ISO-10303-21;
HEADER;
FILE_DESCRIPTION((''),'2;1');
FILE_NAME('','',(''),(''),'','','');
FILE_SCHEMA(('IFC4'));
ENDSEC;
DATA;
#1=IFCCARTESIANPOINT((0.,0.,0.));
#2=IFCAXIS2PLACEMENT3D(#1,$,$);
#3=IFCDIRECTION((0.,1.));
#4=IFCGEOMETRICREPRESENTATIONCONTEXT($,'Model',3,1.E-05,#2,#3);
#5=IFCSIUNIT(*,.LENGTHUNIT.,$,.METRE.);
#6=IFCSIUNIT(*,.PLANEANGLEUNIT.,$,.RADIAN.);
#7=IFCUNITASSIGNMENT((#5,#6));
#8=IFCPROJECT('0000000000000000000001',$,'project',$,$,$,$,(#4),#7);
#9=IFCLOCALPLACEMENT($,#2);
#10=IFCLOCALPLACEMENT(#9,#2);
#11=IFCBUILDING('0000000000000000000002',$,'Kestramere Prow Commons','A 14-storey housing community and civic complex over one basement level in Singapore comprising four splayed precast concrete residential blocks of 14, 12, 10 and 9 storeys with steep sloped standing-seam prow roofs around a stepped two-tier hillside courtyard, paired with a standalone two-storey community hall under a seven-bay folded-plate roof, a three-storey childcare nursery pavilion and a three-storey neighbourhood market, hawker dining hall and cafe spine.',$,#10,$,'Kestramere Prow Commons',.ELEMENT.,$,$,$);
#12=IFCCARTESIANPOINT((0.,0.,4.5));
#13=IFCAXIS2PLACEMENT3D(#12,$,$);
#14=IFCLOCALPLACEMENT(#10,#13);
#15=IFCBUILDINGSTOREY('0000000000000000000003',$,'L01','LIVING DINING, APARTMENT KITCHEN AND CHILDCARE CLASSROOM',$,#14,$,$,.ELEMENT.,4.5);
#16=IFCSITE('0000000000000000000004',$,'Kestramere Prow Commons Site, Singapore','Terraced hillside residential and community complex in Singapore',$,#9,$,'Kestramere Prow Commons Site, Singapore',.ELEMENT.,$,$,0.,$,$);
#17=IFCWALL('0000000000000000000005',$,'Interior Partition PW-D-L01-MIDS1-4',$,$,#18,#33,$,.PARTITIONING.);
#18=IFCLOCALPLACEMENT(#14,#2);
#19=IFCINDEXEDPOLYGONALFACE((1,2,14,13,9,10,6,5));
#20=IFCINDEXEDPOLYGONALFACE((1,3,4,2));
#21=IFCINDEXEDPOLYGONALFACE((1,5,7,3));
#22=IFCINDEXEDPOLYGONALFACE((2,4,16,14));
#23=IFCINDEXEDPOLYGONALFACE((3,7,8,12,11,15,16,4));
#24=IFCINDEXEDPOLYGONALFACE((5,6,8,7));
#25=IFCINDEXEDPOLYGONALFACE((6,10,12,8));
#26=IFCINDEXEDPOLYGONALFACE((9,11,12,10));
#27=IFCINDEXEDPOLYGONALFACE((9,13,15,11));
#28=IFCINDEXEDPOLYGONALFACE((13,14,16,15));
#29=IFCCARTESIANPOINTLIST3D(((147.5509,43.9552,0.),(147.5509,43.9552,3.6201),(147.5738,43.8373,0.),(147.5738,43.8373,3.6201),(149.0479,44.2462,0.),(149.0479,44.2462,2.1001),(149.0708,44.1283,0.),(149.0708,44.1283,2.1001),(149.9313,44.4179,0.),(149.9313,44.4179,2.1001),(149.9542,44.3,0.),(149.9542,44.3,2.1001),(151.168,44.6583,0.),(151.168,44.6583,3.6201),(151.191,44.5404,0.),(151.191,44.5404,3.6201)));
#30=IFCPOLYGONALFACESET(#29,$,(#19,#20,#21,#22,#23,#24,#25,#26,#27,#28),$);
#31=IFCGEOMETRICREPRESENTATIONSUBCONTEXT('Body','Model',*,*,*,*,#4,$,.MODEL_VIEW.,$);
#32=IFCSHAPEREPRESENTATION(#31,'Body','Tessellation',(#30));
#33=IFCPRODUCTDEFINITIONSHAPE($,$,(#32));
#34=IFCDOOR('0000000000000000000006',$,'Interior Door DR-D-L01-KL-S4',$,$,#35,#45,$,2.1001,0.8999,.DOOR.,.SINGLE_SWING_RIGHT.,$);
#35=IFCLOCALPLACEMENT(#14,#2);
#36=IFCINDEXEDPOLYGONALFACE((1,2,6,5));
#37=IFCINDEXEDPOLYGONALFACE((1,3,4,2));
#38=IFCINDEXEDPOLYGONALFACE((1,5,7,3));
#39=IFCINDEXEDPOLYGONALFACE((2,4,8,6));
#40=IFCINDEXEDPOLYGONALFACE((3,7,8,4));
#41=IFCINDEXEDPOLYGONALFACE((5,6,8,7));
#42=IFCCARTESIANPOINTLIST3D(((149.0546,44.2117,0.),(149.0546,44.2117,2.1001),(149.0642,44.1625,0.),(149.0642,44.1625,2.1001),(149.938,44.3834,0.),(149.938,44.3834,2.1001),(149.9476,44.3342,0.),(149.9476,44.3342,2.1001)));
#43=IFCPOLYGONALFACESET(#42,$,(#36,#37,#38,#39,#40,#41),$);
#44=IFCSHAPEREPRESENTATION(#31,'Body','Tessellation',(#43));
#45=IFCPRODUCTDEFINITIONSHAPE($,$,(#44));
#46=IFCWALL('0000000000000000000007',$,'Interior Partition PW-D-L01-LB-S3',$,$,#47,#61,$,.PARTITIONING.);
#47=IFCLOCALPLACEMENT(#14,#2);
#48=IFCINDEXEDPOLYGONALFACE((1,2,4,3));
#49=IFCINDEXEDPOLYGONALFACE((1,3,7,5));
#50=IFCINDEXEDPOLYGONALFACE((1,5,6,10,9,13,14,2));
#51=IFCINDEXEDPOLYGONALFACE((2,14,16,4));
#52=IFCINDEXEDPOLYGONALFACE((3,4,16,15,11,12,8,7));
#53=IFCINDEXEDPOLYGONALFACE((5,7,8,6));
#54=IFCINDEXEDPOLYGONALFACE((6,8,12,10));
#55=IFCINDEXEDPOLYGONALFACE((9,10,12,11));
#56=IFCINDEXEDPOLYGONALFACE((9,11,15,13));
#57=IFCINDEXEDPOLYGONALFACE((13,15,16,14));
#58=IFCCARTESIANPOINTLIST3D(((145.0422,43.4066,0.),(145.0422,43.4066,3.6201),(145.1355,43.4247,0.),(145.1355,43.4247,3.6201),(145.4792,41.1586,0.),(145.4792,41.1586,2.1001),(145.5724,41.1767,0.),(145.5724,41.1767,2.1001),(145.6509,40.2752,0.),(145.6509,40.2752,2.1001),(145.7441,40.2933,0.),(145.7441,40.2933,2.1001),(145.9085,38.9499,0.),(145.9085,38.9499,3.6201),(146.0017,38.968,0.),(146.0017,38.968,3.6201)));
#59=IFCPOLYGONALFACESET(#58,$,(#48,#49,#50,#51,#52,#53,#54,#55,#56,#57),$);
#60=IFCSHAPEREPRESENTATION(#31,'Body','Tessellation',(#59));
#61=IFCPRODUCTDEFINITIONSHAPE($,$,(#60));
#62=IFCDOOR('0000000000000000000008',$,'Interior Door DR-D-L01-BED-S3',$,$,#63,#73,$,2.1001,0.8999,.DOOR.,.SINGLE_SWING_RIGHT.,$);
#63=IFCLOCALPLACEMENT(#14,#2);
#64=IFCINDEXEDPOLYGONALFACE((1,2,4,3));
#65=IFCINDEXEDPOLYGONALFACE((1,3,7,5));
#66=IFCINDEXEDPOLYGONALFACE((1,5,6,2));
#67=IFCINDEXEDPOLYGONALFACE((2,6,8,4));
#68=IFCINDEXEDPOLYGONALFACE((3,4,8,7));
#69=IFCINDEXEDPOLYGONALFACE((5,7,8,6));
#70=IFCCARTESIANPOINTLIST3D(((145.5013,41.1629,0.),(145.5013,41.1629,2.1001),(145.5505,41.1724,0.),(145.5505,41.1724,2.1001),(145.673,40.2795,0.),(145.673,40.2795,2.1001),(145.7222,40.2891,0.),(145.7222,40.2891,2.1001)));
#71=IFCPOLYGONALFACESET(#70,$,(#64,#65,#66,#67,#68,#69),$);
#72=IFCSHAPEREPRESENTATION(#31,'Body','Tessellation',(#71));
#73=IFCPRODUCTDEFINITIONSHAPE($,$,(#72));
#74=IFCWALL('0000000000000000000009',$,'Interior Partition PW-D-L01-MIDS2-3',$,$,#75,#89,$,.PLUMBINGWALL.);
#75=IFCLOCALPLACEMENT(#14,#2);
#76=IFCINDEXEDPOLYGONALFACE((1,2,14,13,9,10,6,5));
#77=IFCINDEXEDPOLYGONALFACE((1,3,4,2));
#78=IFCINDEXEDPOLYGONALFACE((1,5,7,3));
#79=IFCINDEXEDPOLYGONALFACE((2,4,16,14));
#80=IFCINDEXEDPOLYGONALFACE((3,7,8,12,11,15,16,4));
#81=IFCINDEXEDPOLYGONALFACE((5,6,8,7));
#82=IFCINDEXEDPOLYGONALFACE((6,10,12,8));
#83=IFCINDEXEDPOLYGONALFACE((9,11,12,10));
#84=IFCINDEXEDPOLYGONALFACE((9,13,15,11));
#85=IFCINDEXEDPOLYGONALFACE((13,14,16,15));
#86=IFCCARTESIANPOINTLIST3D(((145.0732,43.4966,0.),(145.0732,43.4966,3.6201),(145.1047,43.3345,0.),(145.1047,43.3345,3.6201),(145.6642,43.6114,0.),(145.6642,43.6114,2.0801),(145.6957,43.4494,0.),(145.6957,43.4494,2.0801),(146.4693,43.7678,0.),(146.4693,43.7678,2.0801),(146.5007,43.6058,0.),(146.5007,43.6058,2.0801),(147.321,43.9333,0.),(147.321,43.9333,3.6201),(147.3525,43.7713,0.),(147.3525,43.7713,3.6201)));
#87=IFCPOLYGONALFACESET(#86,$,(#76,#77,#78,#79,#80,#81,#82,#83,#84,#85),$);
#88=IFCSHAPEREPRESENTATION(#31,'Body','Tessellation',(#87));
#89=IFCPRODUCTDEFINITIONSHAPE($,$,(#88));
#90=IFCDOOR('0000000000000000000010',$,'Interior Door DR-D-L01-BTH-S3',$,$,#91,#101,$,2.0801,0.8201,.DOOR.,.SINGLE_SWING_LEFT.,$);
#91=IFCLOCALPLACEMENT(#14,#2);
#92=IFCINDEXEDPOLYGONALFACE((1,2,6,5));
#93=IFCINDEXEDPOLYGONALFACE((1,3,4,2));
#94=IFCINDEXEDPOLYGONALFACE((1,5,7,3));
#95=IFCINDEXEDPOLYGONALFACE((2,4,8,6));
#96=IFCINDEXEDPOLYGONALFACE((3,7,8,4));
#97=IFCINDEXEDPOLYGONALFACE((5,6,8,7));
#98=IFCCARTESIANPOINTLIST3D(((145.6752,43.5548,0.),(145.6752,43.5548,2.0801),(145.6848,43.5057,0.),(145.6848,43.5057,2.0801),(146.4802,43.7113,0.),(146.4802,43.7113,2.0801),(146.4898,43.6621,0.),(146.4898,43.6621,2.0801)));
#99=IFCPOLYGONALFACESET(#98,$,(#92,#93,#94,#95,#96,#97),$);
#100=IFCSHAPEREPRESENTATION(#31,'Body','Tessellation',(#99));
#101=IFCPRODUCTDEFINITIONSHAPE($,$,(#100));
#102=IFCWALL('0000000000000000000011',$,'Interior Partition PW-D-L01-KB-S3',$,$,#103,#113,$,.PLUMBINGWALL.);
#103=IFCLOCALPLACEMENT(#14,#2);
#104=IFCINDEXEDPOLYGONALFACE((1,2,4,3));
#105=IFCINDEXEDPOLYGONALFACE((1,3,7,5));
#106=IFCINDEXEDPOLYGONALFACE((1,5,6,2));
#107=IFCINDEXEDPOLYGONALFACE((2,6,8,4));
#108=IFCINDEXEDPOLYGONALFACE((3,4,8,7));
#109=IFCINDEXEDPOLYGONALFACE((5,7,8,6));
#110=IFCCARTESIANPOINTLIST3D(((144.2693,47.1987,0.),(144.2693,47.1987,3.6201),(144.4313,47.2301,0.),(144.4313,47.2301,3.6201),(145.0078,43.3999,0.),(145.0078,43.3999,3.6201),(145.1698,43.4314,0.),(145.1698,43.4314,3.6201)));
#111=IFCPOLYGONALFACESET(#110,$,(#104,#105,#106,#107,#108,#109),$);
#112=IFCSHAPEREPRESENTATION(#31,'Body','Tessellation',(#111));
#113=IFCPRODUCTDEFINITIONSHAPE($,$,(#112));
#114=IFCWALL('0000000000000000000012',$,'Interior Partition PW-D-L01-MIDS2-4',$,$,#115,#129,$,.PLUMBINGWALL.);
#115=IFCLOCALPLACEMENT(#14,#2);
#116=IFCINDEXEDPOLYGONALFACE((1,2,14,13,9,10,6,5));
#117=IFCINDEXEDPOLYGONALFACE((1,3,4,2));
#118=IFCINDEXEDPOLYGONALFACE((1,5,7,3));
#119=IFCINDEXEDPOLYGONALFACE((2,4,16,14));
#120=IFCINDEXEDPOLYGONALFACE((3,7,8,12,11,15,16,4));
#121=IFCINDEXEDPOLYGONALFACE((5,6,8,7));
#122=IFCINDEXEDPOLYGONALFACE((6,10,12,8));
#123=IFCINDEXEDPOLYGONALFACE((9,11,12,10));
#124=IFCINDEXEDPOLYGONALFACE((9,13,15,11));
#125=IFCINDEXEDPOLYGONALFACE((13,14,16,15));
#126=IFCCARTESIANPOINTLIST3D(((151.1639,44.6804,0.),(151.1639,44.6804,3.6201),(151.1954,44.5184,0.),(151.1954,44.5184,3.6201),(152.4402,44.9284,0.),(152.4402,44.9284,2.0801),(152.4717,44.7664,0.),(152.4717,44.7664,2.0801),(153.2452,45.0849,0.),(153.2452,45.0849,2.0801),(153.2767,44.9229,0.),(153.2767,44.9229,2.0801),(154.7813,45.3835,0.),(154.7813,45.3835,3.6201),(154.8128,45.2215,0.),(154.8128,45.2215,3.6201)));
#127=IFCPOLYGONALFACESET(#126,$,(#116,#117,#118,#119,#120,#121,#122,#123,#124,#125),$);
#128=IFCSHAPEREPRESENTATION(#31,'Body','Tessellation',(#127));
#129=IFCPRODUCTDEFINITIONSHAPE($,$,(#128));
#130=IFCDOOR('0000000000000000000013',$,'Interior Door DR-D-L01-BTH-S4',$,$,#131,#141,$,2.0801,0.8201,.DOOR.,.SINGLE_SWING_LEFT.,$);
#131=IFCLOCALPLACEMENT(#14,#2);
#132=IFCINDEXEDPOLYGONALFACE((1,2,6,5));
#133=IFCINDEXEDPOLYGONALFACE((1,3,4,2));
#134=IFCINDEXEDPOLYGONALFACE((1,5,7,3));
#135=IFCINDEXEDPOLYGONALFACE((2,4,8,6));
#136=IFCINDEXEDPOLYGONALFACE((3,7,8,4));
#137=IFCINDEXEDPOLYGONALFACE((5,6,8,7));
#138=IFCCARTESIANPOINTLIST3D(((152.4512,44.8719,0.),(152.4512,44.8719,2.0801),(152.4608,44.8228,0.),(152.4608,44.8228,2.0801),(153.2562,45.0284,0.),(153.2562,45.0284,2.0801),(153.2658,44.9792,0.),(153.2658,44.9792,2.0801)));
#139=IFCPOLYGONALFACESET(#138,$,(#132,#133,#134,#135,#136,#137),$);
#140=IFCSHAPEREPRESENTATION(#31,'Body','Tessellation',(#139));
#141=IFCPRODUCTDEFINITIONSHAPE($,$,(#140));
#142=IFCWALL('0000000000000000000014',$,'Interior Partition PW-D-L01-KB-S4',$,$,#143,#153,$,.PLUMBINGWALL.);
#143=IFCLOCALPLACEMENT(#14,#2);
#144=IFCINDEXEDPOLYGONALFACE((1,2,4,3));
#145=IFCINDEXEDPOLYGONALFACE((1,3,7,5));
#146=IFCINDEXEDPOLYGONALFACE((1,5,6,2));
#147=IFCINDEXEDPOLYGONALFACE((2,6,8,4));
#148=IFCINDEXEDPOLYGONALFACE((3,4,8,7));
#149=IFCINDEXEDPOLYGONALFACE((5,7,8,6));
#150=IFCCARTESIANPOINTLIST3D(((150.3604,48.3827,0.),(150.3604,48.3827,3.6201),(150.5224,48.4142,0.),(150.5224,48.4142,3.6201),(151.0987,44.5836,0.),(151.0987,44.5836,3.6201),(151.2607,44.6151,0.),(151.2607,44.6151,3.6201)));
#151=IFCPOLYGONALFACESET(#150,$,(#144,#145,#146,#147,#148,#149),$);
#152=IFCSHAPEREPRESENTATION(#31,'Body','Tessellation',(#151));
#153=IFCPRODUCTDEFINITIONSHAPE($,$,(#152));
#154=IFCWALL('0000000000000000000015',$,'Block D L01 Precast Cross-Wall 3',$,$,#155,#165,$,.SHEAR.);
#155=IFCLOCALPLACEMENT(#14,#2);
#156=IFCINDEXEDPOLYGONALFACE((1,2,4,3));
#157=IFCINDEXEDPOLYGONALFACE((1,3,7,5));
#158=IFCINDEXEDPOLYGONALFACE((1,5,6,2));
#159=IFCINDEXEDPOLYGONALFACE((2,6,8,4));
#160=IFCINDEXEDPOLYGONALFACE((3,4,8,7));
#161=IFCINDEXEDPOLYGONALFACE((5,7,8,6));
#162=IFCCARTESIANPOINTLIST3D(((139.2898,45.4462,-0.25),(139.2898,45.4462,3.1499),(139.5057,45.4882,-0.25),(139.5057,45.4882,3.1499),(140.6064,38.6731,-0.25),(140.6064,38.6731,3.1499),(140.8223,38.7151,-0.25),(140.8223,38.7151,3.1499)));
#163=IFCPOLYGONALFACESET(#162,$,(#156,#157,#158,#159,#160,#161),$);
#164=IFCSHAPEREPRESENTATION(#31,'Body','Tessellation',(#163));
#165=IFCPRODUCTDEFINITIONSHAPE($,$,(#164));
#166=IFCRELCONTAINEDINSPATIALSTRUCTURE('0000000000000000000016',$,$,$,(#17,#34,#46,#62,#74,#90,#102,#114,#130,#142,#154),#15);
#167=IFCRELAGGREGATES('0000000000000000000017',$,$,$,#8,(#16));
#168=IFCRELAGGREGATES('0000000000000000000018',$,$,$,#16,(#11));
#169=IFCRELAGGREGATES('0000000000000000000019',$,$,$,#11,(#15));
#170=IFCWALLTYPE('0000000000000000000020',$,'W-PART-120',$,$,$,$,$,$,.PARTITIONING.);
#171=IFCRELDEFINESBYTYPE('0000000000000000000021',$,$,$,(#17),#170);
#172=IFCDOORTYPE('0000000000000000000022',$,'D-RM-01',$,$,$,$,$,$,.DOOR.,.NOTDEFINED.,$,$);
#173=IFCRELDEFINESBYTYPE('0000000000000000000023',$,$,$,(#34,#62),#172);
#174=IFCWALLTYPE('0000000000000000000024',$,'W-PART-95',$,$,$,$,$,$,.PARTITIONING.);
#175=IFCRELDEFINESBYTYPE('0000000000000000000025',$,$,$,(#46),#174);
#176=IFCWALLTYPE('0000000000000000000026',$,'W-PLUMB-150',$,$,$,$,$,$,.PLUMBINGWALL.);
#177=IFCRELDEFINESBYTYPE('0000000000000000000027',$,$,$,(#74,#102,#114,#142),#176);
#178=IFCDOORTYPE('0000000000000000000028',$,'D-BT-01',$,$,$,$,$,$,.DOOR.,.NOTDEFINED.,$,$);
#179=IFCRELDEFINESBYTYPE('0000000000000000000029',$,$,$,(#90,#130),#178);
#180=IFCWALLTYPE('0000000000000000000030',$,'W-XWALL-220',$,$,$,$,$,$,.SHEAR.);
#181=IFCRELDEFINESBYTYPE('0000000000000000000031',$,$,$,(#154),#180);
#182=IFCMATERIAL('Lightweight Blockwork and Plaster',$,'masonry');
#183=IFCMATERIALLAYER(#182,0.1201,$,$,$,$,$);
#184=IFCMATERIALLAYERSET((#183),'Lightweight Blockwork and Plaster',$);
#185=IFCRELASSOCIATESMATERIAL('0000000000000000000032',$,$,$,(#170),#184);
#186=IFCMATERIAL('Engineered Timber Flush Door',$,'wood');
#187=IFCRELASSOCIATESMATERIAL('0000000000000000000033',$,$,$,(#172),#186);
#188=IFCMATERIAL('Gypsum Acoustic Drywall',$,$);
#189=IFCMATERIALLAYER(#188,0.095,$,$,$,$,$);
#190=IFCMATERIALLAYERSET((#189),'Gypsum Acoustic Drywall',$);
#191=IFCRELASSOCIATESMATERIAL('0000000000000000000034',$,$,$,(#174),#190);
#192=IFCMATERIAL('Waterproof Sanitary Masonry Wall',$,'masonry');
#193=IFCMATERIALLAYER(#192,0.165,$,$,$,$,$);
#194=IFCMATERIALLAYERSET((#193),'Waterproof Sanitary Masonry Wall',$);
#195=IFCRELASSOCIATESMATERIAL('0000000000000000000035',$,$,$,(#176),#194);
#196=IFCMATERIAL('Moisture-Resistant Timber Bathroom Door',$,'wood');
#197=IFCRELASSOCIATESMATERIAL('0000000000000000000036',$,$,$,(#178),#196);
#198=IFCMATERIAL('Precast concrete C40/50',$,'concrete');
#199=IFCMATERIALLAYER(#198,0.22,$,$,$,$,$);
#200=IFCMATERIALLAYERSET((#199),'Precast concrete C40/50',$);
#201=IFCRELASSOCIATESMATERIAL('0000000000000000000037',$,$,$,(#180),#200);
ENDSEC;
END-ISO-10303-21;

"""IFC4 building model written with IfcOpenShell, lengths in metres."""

from ifc_helpers import new_model, si_unit, direction, frame, frame_2d, origin, place, context, subcontext, project, spatial, rectangle, extrude, material, layer, layer_set, type_object, element, fill, save


model = new_model("IFC4")

# Units and contexts
model_context = context("Model", 3, precision=1e-05, world=origin(), true_north=direction((0.0, 1.0)))
body_context = subcontext(model_context, "Body", "Model", "MODEL_VIEW")
ifc_project = project(units=[si_unit("LENGTHUNIT", "METRE"), si_unit("PLANEANGLEUNIT", "RADIAN")], contexts=[model_context])

# Site, building, storey
site_placement = place(None, origin())
site = spatial("IfcSite", under=ifc_project, at=site_placement, Name="Kestramere Prow Commons Site, Singapore", Description="Terraced hillside residential and community complex in Singapore", LongName="Kestramere Prow Commons Site, Singapore", CompositionType="ELEMENT", RefElevation=0.0)
building_placement = place(site_placement, origin())
building = spatial("IfcBuilding", under=site, at=building_placement, Name="Kestramere Prow Commons", Description="A 14-storey housing community and civic complex over one basement level in Singapore comprising four splayed precast concrete residential blocks of 14, 12, 10 and 9 storeys with steep sloped standing-seam prow roofs around a stepped two-tier hillside courtyard, paired with a standalone two-storey community hall under a seven-bay folded-plate roof, a three-storey childcare nursery pavilion and a three-storey neighbourhood market, hawker dining hall and cafe spine.", LongName="Kestramere Prow Commons", CompositionType="ELEMENT")
storey_placement = place(building_placement, frame((0.0, 0.0, 4.5)))
storey = spatial("IfcBuildingStorey", under=building, at=storey_placement, Name="L01", Description="LIVING DINING, APARTMENT KITCHEN AND CHILDCARE CLASSROOM", CompositionType="ELEMENT", Elevation=4.5)

# Shared definitions
ifc_material_1 = material(Name="Precast concrete C40/50", Category="concrete")

# Walls, openings, doors
ifc_material_2 = material(Name="Lightweight Blockwork and Plaster", Category="masonry")
ifc_layer_1 = layer(ifc_material_2, 0.1201)
ifc_layer_set_1 = layer_set([ifc_layer_1], Name="Lightweight Blockwork and Plaster")
wall_type_1 = type_object("IfcWallType", Name="W-PART-120", PredefinedType="PARTITIONING", material=ifc_layer_set_1)
wall_1_placement = place(storey_placement, frame((147.5625, 43.8962, 0.0), z_axis=(0.0, 0.0, 1.0), x_axis=(0.981626, 0.190813, 0.0)))
wall_1 = element("IfcWall", 1, at=wall_1_placement, inside=storey, type_object=wall_type_1, Name="Interior Partition PW-D-L01-MIDS1-4", PredefinedType="PARTITIONING", context=body_context, shape_type="SweptSolid", body=[
    extrude(rectangle(XDim=3.6848, YDim=0.1201, at=frame_2d((1.8423, 0.0))), origin(), (0.0, 0.0, 1.0), 3.6201),
])
opening_1_placement = place(wall_1_placement, frame((1.5249, 0.0, 0.0)))
opening_1 = element("IfcOpeningElement", 2, at=opening_1_placement, cuts=wall_1, PredefinedType="OPENING", context=body_context, shape_type="SweptSolid", body=[
    extrude(rectangle(XDim=0.8999, YDim=2.1001, at=frame_2d((0.45, 1.05))), frame((0.0, 0.075, 0.0), z_axis=(0.0, -1.0, 0.0), x_axis=(1.0, 0.0, 0.0)), (0.0, 0.0, 1.0), 0.1501),
])
ifc_material_3 = material(Name="Engineered Timber Flush Door", Category="wood")
door_type_1 = type_object("IfcDoorType", Name="D-RM-01", OperationType="NOTDEFINED", PredefinedType="DOOR", material=ifc_material_3)
door_1_placement = place(opening_1_placement, origin())
door_1 = element("IfcDoor", 3, at=door_1_placement, inside=storey, type_object=door_type_1, Name="Interior Door DR-D-L01-KL-S4", OperationType="SINGLE_SWING_RIGHT", OverallHeight=2.1001, OverallWidth=0.8999, PredefinedType="DOOR", context=body_context, shape_type="SweptSolid", body=[
    extrude(rectangle(XDim=0.8999, YDim=2.1001, at=frame_2d((0.45, 1.05))), frame((0.0, 0.0249, 0.0), z_axis=(0.0, -1.0, 0.0), x_axis=(1.0, 0.0, 0.0)), (0.0, 0.0, 1.0), 0.05),
])
fill(opening_1, door_1)
ifc_material_4 = material(Name="Gypsum Acoustic Drywall")
ifc_layer_2 = layer(ifc_material_4, 0.095)
ifc_layer_set_2 = layer_set([ifc_layer_2], Name="Gypsum Acoustic Drywall")
wall_type_2 = type_object("IfcWallType", Name="W-PART-95", PredefinedType="PARTITIONING", material=ifc_layer_set_2)
wall_2_placement = place(storey_placement, frame((145.9551, 38.959, 0.0), z_axis=(0.0, 0.0, 1.0), x_axis=(-0.190798, 0.981629, 0.0)))
wall_2 = element("IfcWall", 4, at=wall_2_placement, inside=storey, type_object=wall_type_2, Name="Interior Partition PW-D-L01-LB-S3", PredefinedType="PARTITIONING", context=body_context, shape_type="SweptSolid", body=[
    extrude(rectangle(XDim=4.54, YDim=0.095, at=frame_2d((2.27, 0.0))), origin(), (0.0, 0.0, 1.0), 3.6201),
])
opening_2_placement = place(wall_2_placement, frame((1.3501, 0.0, 0.0)))
opening_2 = element("IfcOpeningElement", 5, at=opening_2_placement, cuts=wall_2, PredefinedType="OPENING", context=body_context, shape_type="SweptSolid", body=[
    extrude(rectangle(XDim=0.8999, YDim=2.1001, at=frame_2d((0.45, 1.05))), frame((0.0, 0.0625, 0.0), z_axis=(0.0, -1.0, 0.0), x_axis=(1.0, 0.0, 0.0)), (0.0, 0.0, 1.0), 0.125),
])
door_2_placement = place(opening_2_placement, origin())
door_2 = element("IfcDoor", 6, at=door_2_placement, inside=storey, type_object=door_type_1, Name="Interior Door DR-D-L01-BED-S3", OperationType="SINGLE_SWING_RIGHT", OverallHeight=2.1001, OverallWidth=0.8999, PredefinedType="DOOR", context=body_context, shape_type="SweptSolid", body=[
    extrude(rectangle(XDim=0.8999, YDim=2.1001, at=frame_2d((0.45, 1.05))), frame((0.0, 0.0249, 0.0), z_axis=(0.0, -1.0, 0.0), x_axis=(1.0, 0.0, 0.0)), (0.0, 0.0, 1.0), 0.05),
])
fill(opening_2, door_2)
ifc_material_5 = material(Name="Waterproof Sanitary Masonry Wall", Category="masonry")
ifc_layer_3 = layer(ifc_material_5, 0.165)
ifc_layer_set_3 = layer_set([ifc_layer_3], Name="Waterproof Sanitary Masonry Wall")
wall_type_3 = type_object("IfcWallType", Name="W-PLUMB-150", PredefinedType="PLUMBINGWALL", material=ifc_layer_set_3)
wall_3_placement = place(storey_placement, frame((145.0889, 43.4155, 0.0), z_axis=(0.0, 0.0, 1.0), x_axis=(0.98164, 0.190741, 0.0)))
wall_3 = element("IfcWall", 7, at=wall_3_placement, inside=storey, type_object=wall_type_3, Name="Interior Partition PW-D-L01-MIDS2-3", PredefinedType="PLUMBINGWALL", context=body_context, shape_type="SweptSolid", body=[
    extrude(rectangle(XDim=2.2898, YDim=0.165, at=frame_2d((1.145, 0.0))), origin(), (0.0, 0.0, 1.0), 3.6201),
])
opening_3_placement = place(wall_3_placement, frame((0.6021, 0.0, 0.0)))
opening_3 = element("IfcOpeningElement", 8, at=opening_3_placement, cuts=wall_3, PredefinedType="OPENING", context=body_context, shape_type="SweptSolid", body=[
    extrude(rectangle(XDim=0.8201, YDim=2.0801, at=frame_2d((0.4102, 1.04))), frame((0.0, 0.0974, 0.0), z_axis=(0.0, -1.0, 0.0), x_axis=(1.0, 0.0, 0.0)), (0.0, 0.0, 1.0), 0.1951),
])
ifc_material_6 = material(Name="Moisture-Resistant Timber Bathroom Door", Category="wood")
door_type_2 = type_object("IfcDoorType", Name="D-BT-01", OperationType="NOTDEFINED", PredefinedType="DOOR", material=ifc_material_6)
door_3_placement = place(opening_3_placement, origin())
door_3 = element("IfcDoor", 9, at=door_3_placement, inside=storey, type_object=door_type_2, Name="Interior Door DR-D-L01-BTH-S3", OperationType="SINGLE_SWING_LEFT", OverallHeight=2.0801, OverallWidth=0.8201, PredefinedType="DOOR", context=body_context, shape_type="SweptSolid", body=[
    extrude(rectangle(XDim=0.8201, YDim=2.0801, at=frame_2d((0.4102, 1.04))), frame((0.0, 0.0249, 0.0), z_axis=(0.0, -1.0, 0.0), x_axis=(1.0, 0.0, 0.0)), (0.0, 0.0, 1.0), 0.05),
])
fill(opening_3, door_3)

# Wall
wall_4_placement = place(storey_placement, frame((145.0889, 43.4155, 0.0), z_axis=(0.0, 0.0, 1.0), x_axis=(-0.190836, 0.981622, 0.0)))
element("IfcWall", 10, at=wall_4_placement, inside=storey, type_object=wall_type_3, Name="Interior Partition PW-D-L01-KB-S3", PredefinedType="PLUMBINGWALL", context=body_context, shape_type="SweptSolid", body=[
    extrude(rectangle(XDim=3.8699, YDim=0.165, at=frame_2d((1.9351, 0.0))), origin(), (0.0, 0.0, 1.0), 3.6201),
])

# Wall, opening, door
wall_5_placement = place(storey_placement, frame((151.1797, 44.5994, 0.0), z_axis=(0.0, 0.0, 1.0), x_axis=(0.981629, 0.190801, 0.0)))
wall_5 = element("IfcWall", 11, at=wall_5_placement, inside=storey, type_object=wall_type_3, Name="Interior Partition PW-D-L01-MIDS2-4", PredefinedType="PLUMBINGWALL", context=body_context, shape_type="SweptSolid", body=[
    extrude(rectangle(XDim=3.6851, YDim=0.165, at=frame_2d((1.8425, 0.0))), origin(), (0.0, 0.0, 1.0), 3.6201),
])
opening_4_placement = place(wall_5_placement, frame((1.3, 0.0, 0.0)))
opening_4 = element("IfcOpeningElement", 12, at=opening_4_placement, cuts=wall_5, PredefinedType="OPENING", context=body_context, shape_type="SweptSolid", body=[
    extrude(rectangle(XDim=0.8201, YDim=2.0801, at=frame_2d((0.4102, 1.04))), frame((0.0, 0.0974, 0.0), z_axis=(0.0, -1.0, 0.0), x_axis=(1.0, 0.0, 0.0)), (0.0, 0.0, 1.0), 0.1951),
])
door_4_placement = place(opening_4_placement, origin())
door_4 = element("IfcDoor", 13, at=door_4_placement, inside=storey, type_object=door_type_2, Name="Interior Door DR-D-L01-BTH-S4", OperationType="SINGLE_SWING_LEFT", OverallHeight=2.0801, OverallWidth=0.8201, PredefinedType="DOOR", context=body_context, shape_type="SweptSolid", body=[
    extrude(rectangle(XDim=0.8201, YDim=2.0801, at=frame_2d((0.4102, 1.04))), frame((0.0, 0.0249, 0.0), z_axis=(0.0, -1.0, 0.0), x_axis=(1.0, 0.0, 0.0)), (0.0, 0.0, 1.0), 0.05),
])
fill(opening_4, door_4)

# Walls
wall_6_placement = place(storey_placement, frame((151.1797, 44.5994, 0.0), z_axis=(0.0, 0.0, 1.0), x_axis=(-0.190763, 0.981636, 0.0)))
element("IfcWall", 14, at=wall_6_placement, inside=storey, type_object=wall_type_3, Name="Interior Partition PW-D-L01-KB-S4", PredefinedType="PLUMBINGWALL", context=body_context, shape_type="SweptSolid", body=[
    extrude(rectangle(XDim=3.8701, YDim=0.165, at=frame_2d((1.9351, 0.0))), origin(), (0.0, 0.0, 1.0), 3.6201),
])
ifc_layer_4 = layer(ifc_material_1, 0.22)
ifc_layer_set_4 = layer_set([ifc_layer_4], Name="Precast concrete C40/50")
wall_type_4 = type_object("IfcWallType", Name="W-XWALL-220", PredefinedType="SHEAR", material=ifc_layer_set_4)
wall_7_placement = place(storey_placement, frame((140.7144, 38.6941, -0.25), z_axis=(0.0, 0.0, 1.0), x_axis=(-0.190819, 0.981625, 0.0)))
element("IfcWall", 15, at=wall_7_placement, inside=storey, type_object=wall_type_4, Name="Block D L01 Precast Cross-Wall 3", PredefinedType="SHEAR", context=body_context, shape_type="SweptSolid", body=[
    extrude(rectangle(XDim=6.8999, YDim=0.22, at=frame_2d((3.45, 0.0))), origin(), (0.0, 0.0, 1.0), 3.3999),
])

save(model, "model.ifc")
